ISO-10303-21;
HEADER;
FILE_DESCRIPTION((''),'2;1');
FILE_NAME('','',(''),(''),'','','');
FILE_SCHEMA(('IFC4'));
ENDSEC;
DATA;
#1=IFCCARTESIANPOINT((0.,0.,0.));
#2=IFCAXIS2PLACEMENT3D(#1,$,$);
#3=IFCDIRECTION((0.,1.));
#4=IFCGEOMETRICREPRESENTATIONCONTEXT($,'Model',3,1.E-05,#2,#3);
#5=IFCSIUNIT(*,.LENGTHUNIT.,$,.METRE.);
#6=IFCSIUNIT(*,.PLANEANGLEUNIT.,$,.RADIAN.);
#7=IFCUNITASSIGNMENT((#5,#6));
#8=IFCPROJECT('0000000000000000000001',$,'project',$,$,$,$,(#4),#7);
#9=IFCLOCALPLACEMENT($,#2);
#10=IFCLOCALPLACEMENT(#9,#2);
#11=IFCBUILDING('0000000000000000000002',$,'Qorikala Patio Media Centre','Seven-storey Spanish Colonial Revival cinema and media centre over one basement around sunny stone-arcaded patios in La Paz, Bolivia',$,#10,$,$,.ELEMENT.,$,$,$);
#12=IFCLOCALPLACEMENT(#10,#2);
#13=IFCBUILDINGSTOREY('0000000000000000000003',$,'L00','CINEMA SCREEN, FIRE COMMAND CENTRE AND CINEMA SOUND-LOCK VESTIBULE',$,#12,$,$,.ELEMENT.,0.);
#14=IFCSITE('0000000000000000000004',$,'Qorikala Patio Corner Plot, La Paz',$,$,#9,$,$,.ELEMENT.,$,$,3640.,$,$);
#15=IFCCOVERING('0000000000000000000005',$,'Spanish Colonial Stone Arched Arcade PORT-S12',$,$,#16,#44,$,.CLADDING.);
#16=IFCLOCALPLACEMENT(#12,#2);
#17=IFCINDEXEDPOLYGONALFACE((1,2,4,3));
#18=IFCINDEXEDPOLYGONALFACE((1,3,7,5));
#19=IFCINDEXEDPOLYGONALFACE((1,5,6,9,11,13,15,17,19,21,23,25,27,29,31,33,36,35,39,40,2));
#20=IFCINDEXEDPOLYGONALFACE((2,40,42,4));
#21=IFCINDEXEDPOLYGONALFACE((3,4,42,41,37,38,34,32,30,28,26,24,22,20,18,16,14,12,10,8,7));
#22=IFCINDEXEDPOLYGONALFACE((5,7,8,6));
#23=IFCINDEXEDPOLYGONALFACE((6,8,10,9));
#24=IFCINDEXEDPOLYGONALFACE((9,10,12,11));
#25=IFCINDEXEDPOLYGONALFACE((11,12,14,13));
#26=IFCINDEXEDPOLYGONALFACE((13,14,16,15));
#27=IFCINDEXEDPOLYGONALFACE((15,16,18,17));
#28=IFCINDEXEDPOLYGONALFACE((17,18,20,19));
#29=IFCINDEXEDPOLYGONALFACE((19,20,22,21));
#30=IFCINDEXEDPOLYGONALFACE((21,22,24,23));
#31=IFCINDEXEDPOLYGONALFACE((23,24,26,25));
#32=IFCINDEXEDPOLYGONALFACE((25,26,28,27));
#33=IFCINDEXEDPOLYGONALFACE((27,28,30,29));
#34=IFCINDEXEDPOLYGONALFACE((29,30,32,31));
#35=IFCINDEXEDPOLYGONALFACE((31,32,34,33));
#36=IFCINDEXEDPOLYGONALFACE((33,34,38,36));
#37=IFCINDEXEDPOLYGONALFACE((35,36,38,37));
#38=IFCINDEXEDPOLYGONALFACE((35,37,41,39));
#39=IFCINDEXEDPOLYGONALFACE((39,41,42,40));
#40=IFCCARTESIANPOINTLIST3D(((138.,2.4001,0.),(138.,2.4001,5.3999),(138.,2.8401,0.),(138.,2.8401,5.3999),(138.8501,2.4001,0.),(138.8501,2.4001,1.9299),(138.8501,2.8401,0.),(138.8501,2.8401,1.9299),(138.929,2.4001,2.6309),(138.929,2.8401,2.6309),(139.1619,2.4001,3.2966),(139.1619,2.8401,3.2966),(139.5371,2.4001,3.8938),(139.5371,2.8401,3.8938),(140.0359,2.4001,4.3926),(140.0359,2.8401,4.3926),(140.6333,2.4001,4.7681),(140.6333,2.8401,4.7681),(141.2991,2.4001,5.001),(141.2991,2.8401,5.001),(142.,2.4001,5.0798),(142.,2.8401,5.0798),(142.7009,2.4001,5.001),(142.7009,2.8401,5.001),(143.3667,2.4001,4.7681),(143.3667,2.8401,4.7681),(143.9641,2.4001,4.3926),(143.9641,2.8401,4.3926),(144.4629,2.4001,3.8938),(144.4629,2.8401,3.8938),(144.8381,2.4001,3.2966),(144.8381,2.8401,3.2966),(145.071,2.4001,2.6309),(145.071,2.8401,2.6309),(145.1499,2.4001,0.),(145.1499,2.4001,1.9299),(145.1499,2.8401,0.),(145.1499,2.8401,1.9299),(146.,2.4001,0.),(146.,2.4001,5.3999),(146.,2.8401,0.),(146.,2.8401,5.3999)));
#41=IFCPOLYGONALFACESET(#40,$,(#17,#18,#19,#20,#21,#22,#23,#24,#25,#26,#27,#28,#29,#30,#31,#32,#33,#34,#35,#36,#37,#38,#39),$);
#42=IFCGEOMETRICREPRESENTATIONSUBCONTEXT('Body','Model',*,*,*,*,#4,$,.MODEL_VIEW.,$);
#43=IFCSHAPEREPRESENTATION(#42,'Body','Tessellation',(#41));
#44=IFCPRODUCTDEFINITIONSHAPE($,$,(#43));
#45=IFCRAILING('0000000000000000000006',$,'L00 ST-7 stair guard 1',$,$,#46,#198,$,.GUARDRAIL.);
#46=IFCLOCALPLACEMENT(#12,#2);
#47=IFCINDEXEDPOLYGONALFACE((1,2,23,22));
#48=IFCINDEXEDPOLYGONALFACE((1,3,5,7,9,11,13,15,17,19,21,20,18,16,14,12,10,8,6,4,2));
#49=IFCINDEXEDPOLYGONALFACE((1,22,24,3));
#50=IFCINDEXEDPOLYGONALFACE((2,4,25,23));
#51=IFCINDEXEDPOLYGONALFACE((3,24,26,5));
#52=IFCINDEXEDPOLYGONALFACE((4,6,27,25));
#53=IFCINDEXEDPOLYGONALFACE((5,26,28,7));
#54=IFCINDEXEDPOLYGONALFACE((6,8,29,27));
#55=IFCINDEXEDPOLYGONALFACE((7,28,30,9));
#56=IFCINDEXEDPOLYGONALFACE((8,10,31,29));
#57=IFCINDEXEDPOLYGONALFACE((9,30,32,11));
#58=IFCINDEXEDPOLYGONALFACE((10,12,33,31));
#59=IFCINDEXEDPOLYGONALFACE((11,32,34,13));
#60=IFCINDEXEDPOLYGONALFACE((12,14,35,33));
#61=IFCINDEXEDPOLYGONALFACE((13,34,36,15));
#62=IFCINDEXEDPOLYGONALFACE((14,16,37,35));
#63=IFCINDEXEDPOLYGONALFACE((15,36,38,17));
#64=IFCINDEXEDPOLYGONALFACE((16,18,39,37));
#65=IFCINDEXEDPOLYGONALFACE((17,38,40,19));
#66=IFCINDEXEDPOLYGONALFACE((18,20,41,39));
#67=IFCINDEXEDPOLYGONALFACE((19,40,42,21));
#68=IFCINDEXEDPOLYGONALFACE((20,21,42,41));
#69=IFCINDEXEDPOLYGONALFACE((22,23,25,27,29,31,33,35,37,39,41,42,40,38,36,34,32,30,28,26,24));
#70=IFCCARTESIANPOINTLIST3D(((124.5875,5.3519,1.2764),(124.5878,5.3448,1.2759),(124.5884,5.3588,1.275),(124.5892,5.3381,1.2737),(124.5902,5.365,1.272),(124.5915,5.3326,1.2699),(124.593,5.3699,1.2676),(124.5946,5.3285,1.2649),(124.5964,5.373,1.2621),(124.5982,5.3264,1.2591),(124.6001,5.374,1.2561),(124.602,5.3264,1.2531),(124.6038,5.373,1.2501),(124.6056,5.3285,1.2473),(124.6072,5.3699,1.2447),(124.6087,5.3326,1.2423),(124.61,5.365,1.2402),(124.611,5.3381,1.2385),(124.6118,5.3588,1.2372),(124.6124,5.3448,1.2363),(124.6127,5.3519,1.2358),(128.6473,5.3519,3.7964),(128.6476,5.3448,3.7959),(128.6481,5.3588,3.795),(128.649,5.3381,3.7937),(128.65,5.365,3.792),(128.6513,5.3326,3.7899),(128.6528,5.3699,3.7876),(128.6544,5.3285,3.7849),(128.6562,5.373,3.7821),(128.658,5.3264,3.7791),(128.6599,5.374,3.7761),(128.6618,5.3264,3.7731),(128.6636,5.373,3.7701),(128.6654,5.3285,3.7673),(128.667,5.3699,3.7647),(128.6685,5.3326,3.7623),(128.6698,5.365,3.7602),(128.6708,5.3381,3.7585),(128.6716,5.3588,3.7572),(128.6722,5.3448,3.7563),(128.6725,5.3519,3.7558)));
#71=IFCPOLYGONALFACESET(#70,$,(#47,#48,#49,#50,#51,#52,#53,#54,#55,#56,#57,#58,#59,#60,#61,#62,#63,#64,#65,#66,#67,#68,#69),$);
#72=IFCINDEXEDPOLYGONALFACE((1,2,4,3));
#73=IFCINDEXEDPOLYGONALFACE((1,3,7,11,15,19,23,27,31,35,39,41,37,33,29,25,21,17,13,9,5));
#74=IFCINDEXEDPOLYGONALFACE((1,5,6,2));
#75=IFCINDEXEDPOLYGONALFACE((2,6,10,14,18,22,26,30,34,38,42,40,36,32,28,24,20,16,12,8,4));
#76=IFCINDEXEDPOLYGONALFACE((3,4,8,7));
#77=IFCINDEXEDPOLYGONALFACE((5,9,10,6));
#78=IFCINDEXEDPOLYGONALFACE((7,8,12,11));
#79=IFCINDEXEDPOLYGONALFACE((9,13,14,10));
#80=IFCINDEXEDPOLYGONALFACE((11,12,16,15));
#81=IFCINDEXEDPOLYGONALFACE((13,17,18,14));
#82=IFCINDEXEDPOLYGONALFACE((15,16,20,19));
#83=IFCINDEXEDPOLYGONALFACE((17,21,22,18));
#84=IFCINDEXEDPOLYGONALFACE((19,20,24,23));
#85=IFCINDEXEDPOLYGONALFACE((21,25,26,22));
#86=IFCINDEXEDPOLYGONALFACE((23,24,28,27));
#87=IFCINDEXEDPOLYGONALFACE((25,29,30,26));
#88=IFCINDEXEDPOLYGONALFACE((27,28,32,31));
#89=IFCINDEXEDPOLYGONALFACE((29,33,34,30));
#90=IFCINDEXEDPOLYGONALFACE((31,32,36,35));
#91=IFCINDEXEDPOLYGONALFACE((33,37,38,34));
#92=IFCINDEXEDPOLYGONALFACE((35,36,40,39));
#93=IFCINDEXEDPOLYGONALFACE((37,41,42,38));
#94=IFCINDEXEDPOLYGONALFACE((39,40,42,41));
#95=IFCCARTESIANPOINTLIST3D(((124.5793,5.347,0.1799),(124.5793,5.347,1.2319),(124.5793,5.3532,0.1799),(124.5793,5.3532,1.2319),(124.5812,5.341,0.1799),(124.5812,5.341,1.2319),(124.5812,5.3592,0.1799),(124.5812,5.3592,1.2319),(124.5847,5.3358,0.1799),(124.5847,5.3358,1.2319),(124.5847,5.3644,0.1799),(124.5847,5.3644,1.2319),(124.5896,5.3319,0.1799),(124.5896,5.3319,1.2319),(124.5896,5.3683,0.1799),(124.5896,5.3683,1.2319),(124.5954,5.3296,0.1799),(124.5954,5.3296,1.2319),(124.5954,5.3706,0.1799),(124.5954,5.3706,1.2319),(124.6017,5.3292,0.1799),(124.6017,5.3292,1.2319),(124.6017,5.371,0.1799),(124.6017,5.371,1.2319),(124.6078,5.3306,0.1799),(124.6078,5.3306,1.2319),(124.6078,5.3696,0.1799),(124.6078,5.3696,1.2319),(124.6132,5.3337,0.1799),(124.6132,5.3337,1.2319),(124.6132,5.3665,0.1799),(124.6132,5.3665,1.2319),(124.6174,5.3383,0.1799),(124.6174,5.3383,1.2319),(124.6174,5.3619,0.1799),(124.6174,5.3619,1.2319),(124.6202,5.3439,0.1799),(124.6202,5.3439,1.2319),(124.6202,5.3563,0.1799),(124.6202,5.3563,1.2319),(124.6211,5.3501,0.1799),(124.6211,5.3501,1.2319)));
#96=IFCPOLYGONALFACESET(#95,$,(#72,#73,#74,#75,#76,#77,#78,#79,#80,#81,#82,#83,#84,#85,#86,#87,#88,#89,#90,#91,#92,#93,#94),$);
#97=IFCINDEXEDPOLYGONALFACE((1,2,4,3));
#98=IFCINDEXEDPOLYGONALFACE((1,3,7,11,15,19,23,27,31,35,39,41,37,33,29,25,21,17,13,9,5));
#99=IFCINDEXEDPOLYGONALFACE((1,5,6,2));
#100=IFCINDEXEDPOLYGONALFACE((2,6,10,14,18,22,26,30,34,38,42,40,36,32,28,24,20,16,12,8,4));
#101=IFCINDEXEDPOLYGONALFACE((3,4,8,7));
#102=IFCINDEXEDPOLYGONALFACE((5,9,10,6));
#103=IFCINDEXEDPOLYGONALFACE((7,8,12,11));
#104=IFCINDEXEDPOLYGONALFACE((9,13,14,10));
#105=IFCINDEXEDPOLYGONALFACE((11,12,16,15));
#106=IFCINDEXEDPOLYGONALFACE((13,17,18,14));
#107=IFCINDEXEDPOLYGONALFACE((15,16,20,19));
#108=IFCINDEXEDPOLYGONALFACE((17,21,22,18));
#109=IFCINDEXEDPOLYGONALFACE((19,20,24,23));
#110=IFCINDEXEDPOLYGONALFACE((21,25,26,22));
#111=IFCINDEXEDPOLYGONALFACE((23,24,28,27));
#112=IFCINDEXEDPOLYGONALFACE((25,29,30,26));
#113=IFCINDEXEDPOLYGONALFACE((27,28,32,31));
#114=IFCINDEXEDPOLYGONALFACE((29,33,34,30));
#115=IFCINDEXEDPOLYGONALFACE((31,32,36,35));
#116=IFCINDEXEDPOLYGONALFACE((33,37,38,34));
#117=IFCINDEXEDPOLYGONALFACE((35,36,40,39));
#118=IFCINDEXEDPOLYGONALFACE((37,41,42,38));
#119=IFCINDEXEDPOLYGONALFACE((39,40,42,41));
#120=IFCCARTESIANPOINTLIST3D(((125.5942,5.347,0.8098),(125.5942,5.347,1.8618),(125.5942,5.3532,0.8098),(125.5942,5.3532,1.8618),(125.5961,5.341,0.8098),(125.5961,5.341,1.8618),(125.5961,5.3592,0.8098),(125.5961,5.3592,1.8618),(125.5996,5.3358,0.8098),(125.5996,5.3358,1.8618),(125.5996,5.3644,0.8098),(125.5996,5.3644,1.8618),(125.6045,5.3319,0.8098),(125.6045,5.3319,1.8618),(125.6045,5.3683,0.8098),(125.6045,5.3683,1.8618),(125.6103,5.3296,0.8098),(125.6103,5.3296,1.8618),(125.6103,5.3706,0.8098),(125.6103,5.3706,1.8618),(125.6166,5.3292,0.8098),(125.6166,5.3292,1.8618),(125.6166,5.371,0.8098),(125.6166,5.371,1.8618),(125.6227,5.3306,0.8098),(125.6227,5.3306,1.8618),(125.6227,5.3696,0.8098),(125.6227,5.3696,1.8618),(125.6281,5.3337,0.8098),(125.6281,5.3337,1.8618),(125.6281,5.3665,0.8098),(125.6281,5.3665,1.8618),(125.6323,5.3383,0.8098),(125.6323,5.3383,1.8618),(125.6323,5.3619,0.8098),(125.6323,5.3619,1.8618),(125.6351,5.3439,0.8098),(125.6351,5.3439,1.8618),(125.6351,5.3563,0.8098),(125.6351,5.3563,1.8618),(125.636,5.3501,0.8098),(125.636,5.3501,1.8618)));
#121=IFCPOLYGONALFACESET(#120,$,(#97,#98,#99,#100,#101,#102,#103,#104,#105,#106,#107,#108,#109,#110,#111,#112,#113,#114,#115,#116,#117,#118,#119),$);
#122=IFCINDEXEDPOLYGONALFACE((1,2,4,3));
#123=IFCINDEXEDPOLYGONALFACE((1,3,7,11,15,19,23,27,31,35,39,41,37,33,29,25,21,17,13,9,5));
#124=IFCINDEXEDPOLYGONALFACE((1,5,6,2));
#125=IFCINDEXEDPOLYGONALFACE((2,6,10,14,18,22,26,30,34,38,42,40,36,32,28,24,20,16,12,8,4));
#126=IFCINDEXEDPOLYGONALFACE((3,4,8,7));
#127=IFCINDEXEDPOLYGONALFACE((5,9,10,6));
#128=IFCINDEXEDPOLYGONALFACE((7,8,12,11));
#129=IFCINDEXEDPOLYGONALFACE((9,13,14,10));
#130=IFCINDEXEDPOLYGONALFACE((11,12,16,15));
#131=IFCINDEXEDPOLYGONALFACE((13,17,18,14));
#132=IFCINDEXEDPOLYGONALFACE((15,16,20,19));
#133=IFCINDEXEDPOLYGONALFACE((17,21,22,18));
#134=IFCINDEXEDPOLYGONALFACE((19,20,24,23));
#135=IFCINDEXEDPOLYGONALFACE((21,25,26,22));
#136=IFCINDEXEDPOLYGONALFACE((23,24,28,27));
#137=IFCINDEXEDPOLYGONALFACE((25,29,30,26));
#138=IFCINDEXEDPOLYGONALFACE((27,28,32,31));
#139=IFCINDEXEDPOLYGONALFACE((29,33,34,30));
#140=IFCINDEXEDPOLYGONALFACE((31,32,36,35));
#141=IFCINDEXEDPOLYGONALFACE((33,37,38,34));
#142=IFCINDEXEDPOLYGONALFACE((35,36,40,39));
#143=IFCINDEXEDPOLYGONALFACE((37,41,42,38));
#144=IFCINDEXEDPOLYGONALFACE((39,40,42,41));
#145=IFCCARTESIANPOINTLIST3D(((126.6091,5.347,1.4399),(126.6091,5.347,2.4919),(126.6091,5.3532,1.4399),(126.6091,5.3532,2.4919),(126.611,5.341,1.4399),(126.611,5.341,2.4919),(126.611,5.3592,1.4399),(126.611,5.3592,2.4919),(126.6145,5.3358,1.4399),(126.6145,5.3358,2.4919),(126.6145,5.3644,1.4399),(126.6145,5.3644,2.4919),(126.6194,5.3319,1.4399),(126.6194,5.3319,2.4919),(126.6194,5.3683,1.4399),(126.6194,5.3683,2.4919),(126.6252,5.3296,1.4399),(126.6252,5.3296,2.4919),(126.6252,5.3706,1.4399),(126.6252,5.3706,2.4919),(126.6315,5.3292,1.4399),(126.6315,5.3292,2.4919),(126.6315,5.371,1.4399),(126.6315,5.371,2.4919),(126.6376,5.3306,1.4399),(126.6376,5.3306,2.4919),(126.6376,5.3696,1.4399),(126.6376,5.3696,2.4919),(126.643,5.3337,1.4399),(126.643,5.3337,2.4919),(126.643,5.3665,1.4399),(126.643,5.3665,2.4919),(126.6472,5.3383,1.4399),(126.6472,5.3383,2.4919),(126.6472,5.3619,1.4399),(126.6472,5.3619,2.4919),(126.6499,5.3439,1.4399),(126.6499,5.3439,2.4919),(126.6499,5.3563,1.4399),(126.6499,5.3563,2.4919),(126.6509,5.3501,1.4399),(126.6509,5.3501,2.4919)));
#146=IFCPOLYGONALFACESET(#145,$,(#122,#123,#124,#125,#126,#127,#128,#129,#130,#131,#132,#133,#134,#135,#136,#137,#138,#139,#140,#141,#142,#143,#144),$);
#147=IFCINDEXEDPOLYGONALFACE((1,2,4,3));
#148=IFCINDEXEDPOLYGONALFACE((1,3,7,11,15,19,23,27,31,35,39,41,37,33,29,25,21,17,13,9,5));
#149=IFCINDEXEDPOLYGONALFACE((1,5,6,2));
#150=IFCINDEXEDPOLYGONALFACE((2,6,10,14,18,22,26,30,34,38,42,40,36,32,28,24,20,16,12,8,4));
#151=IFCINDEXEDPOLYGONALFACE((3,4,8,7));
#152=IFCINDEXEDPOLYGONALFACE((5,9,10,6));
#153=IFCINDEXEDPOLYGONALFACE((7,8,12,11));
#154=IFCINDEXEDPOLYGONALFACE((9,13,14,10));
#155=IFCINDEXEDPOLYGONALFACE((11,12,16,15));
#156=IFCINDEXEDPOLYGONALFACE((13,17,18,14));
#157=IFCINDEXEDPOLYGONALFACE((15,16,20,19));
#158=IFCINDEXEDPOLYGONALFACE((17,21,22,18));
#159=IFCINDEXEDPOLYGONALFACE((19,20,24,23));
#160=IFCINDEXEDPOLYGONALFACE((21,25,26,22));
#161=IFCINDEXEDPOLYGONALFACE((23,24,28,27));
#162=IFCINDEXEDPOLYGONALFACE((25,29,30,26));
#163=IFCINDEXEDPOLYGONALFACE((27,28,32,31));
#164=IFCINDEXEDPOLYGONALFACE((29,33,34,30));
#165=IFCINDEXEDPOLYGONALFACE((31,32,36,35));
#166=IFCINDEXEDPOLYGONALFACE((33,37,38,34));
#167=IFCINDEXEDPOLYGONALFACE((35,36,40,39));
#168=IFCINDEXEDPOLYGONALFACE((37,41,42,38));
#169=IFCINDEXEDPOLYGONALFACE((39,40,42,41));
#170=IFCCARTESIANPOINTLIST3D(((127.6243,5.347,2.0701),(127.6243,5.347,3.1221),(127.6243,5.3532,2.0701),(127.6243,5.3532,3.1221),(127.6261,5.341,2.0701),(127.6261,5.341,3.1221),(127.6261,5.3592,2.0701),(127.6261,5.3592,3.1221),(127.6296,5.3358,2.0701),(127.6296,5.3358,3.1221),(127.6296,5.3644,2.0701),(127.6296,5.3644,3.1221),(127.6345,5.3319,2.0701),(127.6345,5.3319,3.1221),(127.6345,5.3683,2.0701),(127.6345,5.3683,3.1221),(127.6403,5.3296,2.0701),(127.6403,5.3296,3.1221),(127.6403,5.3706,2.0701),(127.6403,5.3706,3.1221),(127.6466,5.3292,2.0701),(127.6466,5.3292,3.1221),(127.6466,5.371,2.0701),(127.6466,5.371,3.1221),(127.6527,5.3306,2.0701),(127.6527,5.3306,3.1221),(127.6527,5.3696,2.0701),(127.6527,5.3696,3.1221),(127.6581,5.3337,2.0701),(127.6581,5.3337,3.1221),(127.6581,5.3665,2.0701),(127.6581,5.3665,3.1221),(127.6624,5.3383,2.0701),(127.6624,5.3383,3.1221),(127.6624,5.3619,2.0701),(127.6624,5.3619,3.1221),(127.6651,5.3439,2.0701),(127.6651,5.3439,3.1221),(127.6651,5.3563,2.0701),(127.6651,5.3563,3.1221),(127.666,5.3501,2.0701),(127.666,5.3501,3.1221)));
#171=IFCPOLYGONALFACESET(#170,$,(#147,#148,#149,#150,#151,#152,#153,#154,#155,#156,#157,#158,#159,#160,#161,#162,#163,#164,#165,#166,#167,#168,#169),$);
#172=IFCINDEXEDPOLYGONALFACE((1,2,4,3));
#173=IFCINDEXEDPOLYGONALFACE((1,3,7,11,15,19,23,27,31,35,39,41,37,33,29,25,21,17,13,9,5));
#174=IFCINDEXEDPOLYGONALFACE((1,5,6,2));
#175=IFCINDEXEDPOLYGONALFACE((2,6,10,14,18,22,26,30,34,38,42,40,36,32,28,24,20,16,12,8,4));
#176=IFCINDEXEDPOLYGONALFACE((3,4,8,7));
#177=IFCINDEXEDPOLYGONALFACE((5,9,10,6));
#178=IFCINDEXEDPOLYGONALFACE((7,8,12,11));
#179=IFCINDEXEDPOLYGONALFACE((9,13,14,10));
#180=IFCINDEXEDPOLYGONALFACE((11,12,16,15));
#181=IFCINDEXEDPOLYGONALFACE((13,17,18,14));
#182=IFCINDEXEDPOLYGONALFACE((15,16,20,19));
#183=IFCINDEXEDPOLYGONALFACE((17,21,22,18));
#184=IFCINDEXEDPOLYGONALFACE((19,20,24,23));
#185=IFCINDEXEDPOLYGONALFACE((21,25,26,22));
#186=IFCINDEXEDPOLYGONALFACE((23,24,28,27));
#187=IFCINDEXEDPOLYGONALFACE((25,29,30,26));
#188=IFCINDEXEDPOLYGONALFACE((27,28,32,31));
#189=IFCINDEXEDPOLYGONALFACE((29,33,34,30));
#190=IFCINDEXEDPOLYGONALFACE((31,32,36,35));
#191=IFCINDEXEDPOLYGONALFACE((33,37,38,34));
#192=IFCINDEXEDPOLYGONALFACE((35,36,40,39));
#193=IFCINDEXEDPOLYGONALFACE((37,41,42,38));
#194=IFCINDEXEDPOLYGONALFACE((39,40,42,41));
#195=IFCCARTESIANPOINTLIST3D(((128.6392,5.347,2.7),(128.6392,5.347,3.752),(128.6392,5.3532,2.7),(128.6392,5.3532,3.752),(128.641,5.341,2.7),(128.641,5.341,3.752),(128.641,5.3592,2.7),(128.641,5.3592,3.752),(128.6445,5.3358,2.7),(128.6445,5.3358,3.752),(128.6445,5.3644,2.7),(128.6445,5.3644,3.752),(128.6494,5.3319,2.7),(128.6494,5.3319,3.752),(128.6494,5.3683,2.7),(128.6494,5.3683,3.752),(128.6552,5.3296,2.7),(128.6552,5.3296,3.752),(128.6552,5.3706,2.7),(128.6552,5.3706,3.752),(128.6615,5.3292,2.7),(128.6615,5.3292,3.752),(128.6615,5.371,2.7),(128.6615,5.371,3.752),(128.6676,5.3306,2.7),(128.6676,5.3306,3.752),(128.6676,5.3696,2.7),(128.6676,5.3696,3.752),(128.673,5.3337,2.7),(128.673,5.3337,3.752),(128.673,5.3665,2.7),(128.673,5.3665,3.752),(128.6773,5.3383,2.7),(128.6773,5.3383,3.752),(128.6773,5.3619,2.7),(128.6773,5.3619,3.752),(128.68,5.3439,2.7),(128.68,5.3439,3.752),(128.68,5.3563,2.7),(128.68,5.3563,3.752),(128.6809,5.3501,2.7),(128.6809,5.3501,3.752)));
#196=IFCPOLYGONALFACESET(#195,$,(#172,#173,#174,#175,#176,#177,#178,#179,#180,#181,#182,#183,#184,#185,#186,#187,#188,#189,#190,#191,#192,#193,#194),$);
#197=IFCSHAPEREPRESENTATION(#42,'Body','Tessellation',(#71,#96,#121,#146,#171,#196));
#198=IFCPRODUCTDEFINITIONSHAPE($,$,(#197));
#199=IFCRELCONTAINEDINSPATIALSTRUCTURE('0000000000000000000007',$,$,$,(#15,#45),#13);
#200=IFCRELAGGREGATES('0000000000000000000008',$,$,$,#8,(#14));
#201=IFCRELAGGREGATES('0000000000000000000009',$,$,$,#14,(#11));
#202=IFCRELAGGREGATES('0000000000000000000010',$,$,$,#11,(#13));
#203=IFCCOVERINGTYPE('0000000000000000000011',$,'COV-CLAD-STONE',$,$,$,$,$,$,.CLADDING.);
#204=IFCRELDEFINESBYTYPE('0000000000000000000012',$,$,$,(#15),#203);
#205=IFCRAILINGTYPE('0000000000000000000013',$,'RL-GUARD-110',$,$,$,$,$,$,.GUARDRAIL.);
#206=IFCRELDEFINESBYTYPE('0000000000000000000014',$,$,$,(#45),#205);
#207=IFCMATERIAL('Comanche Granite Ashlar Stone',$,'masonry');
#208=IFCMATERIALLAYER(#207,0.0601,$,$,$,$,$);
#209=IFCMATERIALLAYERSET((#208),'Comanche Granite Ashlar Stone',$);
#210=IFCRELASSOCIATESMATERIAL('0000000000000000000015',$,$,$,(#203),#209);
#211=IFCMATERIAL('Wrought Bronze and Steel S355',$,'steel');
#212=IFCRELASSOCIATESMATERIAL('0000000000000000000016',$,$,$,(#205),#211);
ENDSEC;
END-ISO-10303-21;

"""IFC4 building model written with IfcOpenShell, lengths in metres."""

from ifc_helpers import new_model, si_unit, direction, frame, origin, origin_2d, place, context, subcontext, project, spatial, polyline, circle, outline, extrude, material, layer, layer_set, type_object, element, save


model = new_model("IFC4")

# Units and contexts
model_context = context("Model", 3, precision=1e-05, world=origin(), true_north=direction((0.0, 1.0)))
body_context = subcontext(model_context, "Body", "Model", "MODEL_VIEW")
ifc_project = project(units=[si_unit("LENGTHUNIT", "METRE"), si_unit("PLANEANGLEUNIT", "RADIAN")], contexts=[model_context])

# Site, building, storey
site_placement = place(None, origin())
site = spatial("IfcSite", under=ifc_project, at=site_placement, Name="Qorikala Patio Corner Plot, La Paz", CompositionType="ELEMENT", RefElevation=3640.0)
building_placement = place(site_placement, origin())
building = spatial("IfcBuilding", under=site, at=building_placement, Name="Qorikala Patio Media Centre", Description="Seven-storey Spanish Colonial Revival cinema and media centre over one basement around sunny stone-arcaded patios in La Paz, Bolivia", CompositionType="ELEMENT")
storey_placement = place(building_placement, origin())
storey = spatial("IfcBuildingStorey", under=building, at=storey_placement, Name="L00", Description="CINEMA SCREEN, FIRE COMMAND CENTRE AND CINEMA SOUND-LOCK VESTIBULE", CompositionType="ELEMENT", Elevation=0.0)

# Covering
ifc_material_1 = material(Name="Comanche Granite Ashlar Stone", Category="masonry")
ifc_layer_1 = layer(ifc_material_1, 0.0601)
ifc_layer_set_1 = layer_set([ifc_layer_1], Name="Comanche Granite Ashlar Stone")
covering_type = type_object("IfcCoveringType", Name="COV-CLAD-STONE", PredefinedType="CLADDING", material=ifc_layer_set_1)
covering_placement = place(storey_placement, frame((138.0, 2.6201, 0.0), z_axis=(0.0, 0.0, 1.0), x_axis=(1.0, 0.0, 0.0)))
element("IfcCovering", 1, at=covering_placement, inside=storey, type_object=covering_type, Name="Spanish Colonial Stone Arched Arcade PORT-S12", PredefinedType="CLADDING", context=body_context, shape_type="SweptSolid", body=[
    extrude(outline(polyline([(0.0, 0.0), (0.8501, 0.0), (0.8501, 1.9299), (0.929, 2.6309), (1.1619, 3.2966), (1.5371, 3.8938), (2.0359, 4.3926), (2.6333, 4.7681), (3.2991, 5.001), (4.0, 5.0798), (4.7009, 5.001), (5.3667, 4.7681), (5.9641, 4.3926), (6.4629, 3.8938), (6.8381, 3.2966), (7.071, 2.6309), (7.1499, 1.9299), (7.1499, 0.0), (8.0, 0.0), (8.0, 5.3999), (0.0, 5.3999), (0.0, 0.0)])), frame((0.0, 0.22, 0.0), z_axis=(0.0, -1.0, 0.0), x_axis=(1.0, 0.0, 0.0)), (0.0, 0.0, 1.0), 0.4399),
])

# Railing
ifc_material_2 = material(Name="Wrought Bronze and Steel S355", Category="steel")
railing_type_1 = type_object("IfcRailingType", Name="RL-GUARD-110", PredefinedType="GUARDRAIL", material=ifc_material_2)
railing_1_placement = place(storey_placement, frame((124.6001, 5.3501, 0.1799)))
element("IfcRailing", 2, at=railing_1_placement, inside=storey, type_object=railing_type_1, Name="L00 ST-7 stair guard 1", PredefinedType="GUARDRAIL", context=body_context, shape_type="SweptSolid", body=[
    extrude(circle(Radius=0.0239, at=origin_2d()), frame((0.0, 0.0, 1.0762), z_axis=(0.849628, 0.0, 0.527383), x_axis=(0.0, 1.0, 0.0)), (0.0, 0.0, 1.0), 4.7783),
    extrude(circle(Radius=0.021, at=origin_2d()), origin(), (0.0, 0.0, 1.0), 1.052),
    extrude(circle(Radius=0.021, at=origin_2d()), frame((1.0149, 0.0, 0.6299)), (0.0, 0.0, 1.0), 1.052),
    extrude(circle(Radius=0.021, at=origin_2d()), frame((2.0298, 0.0, 1.26)), (0.0, 0.0, 1.0), 1.052),
    extrude(circle(Radius=0.021, at=origin_2d()), frame((3.0449, 0.0, 1.8901)), (0.0, 0.0, 1.0), 1.052),
    extrude(circle(Radius=0.021, at=origin_2d()), frame((4.0598, 0.0, 2.52)), (0.0, 0.0, 1.0), 1.052),
])

save(model, "model.ifc")
